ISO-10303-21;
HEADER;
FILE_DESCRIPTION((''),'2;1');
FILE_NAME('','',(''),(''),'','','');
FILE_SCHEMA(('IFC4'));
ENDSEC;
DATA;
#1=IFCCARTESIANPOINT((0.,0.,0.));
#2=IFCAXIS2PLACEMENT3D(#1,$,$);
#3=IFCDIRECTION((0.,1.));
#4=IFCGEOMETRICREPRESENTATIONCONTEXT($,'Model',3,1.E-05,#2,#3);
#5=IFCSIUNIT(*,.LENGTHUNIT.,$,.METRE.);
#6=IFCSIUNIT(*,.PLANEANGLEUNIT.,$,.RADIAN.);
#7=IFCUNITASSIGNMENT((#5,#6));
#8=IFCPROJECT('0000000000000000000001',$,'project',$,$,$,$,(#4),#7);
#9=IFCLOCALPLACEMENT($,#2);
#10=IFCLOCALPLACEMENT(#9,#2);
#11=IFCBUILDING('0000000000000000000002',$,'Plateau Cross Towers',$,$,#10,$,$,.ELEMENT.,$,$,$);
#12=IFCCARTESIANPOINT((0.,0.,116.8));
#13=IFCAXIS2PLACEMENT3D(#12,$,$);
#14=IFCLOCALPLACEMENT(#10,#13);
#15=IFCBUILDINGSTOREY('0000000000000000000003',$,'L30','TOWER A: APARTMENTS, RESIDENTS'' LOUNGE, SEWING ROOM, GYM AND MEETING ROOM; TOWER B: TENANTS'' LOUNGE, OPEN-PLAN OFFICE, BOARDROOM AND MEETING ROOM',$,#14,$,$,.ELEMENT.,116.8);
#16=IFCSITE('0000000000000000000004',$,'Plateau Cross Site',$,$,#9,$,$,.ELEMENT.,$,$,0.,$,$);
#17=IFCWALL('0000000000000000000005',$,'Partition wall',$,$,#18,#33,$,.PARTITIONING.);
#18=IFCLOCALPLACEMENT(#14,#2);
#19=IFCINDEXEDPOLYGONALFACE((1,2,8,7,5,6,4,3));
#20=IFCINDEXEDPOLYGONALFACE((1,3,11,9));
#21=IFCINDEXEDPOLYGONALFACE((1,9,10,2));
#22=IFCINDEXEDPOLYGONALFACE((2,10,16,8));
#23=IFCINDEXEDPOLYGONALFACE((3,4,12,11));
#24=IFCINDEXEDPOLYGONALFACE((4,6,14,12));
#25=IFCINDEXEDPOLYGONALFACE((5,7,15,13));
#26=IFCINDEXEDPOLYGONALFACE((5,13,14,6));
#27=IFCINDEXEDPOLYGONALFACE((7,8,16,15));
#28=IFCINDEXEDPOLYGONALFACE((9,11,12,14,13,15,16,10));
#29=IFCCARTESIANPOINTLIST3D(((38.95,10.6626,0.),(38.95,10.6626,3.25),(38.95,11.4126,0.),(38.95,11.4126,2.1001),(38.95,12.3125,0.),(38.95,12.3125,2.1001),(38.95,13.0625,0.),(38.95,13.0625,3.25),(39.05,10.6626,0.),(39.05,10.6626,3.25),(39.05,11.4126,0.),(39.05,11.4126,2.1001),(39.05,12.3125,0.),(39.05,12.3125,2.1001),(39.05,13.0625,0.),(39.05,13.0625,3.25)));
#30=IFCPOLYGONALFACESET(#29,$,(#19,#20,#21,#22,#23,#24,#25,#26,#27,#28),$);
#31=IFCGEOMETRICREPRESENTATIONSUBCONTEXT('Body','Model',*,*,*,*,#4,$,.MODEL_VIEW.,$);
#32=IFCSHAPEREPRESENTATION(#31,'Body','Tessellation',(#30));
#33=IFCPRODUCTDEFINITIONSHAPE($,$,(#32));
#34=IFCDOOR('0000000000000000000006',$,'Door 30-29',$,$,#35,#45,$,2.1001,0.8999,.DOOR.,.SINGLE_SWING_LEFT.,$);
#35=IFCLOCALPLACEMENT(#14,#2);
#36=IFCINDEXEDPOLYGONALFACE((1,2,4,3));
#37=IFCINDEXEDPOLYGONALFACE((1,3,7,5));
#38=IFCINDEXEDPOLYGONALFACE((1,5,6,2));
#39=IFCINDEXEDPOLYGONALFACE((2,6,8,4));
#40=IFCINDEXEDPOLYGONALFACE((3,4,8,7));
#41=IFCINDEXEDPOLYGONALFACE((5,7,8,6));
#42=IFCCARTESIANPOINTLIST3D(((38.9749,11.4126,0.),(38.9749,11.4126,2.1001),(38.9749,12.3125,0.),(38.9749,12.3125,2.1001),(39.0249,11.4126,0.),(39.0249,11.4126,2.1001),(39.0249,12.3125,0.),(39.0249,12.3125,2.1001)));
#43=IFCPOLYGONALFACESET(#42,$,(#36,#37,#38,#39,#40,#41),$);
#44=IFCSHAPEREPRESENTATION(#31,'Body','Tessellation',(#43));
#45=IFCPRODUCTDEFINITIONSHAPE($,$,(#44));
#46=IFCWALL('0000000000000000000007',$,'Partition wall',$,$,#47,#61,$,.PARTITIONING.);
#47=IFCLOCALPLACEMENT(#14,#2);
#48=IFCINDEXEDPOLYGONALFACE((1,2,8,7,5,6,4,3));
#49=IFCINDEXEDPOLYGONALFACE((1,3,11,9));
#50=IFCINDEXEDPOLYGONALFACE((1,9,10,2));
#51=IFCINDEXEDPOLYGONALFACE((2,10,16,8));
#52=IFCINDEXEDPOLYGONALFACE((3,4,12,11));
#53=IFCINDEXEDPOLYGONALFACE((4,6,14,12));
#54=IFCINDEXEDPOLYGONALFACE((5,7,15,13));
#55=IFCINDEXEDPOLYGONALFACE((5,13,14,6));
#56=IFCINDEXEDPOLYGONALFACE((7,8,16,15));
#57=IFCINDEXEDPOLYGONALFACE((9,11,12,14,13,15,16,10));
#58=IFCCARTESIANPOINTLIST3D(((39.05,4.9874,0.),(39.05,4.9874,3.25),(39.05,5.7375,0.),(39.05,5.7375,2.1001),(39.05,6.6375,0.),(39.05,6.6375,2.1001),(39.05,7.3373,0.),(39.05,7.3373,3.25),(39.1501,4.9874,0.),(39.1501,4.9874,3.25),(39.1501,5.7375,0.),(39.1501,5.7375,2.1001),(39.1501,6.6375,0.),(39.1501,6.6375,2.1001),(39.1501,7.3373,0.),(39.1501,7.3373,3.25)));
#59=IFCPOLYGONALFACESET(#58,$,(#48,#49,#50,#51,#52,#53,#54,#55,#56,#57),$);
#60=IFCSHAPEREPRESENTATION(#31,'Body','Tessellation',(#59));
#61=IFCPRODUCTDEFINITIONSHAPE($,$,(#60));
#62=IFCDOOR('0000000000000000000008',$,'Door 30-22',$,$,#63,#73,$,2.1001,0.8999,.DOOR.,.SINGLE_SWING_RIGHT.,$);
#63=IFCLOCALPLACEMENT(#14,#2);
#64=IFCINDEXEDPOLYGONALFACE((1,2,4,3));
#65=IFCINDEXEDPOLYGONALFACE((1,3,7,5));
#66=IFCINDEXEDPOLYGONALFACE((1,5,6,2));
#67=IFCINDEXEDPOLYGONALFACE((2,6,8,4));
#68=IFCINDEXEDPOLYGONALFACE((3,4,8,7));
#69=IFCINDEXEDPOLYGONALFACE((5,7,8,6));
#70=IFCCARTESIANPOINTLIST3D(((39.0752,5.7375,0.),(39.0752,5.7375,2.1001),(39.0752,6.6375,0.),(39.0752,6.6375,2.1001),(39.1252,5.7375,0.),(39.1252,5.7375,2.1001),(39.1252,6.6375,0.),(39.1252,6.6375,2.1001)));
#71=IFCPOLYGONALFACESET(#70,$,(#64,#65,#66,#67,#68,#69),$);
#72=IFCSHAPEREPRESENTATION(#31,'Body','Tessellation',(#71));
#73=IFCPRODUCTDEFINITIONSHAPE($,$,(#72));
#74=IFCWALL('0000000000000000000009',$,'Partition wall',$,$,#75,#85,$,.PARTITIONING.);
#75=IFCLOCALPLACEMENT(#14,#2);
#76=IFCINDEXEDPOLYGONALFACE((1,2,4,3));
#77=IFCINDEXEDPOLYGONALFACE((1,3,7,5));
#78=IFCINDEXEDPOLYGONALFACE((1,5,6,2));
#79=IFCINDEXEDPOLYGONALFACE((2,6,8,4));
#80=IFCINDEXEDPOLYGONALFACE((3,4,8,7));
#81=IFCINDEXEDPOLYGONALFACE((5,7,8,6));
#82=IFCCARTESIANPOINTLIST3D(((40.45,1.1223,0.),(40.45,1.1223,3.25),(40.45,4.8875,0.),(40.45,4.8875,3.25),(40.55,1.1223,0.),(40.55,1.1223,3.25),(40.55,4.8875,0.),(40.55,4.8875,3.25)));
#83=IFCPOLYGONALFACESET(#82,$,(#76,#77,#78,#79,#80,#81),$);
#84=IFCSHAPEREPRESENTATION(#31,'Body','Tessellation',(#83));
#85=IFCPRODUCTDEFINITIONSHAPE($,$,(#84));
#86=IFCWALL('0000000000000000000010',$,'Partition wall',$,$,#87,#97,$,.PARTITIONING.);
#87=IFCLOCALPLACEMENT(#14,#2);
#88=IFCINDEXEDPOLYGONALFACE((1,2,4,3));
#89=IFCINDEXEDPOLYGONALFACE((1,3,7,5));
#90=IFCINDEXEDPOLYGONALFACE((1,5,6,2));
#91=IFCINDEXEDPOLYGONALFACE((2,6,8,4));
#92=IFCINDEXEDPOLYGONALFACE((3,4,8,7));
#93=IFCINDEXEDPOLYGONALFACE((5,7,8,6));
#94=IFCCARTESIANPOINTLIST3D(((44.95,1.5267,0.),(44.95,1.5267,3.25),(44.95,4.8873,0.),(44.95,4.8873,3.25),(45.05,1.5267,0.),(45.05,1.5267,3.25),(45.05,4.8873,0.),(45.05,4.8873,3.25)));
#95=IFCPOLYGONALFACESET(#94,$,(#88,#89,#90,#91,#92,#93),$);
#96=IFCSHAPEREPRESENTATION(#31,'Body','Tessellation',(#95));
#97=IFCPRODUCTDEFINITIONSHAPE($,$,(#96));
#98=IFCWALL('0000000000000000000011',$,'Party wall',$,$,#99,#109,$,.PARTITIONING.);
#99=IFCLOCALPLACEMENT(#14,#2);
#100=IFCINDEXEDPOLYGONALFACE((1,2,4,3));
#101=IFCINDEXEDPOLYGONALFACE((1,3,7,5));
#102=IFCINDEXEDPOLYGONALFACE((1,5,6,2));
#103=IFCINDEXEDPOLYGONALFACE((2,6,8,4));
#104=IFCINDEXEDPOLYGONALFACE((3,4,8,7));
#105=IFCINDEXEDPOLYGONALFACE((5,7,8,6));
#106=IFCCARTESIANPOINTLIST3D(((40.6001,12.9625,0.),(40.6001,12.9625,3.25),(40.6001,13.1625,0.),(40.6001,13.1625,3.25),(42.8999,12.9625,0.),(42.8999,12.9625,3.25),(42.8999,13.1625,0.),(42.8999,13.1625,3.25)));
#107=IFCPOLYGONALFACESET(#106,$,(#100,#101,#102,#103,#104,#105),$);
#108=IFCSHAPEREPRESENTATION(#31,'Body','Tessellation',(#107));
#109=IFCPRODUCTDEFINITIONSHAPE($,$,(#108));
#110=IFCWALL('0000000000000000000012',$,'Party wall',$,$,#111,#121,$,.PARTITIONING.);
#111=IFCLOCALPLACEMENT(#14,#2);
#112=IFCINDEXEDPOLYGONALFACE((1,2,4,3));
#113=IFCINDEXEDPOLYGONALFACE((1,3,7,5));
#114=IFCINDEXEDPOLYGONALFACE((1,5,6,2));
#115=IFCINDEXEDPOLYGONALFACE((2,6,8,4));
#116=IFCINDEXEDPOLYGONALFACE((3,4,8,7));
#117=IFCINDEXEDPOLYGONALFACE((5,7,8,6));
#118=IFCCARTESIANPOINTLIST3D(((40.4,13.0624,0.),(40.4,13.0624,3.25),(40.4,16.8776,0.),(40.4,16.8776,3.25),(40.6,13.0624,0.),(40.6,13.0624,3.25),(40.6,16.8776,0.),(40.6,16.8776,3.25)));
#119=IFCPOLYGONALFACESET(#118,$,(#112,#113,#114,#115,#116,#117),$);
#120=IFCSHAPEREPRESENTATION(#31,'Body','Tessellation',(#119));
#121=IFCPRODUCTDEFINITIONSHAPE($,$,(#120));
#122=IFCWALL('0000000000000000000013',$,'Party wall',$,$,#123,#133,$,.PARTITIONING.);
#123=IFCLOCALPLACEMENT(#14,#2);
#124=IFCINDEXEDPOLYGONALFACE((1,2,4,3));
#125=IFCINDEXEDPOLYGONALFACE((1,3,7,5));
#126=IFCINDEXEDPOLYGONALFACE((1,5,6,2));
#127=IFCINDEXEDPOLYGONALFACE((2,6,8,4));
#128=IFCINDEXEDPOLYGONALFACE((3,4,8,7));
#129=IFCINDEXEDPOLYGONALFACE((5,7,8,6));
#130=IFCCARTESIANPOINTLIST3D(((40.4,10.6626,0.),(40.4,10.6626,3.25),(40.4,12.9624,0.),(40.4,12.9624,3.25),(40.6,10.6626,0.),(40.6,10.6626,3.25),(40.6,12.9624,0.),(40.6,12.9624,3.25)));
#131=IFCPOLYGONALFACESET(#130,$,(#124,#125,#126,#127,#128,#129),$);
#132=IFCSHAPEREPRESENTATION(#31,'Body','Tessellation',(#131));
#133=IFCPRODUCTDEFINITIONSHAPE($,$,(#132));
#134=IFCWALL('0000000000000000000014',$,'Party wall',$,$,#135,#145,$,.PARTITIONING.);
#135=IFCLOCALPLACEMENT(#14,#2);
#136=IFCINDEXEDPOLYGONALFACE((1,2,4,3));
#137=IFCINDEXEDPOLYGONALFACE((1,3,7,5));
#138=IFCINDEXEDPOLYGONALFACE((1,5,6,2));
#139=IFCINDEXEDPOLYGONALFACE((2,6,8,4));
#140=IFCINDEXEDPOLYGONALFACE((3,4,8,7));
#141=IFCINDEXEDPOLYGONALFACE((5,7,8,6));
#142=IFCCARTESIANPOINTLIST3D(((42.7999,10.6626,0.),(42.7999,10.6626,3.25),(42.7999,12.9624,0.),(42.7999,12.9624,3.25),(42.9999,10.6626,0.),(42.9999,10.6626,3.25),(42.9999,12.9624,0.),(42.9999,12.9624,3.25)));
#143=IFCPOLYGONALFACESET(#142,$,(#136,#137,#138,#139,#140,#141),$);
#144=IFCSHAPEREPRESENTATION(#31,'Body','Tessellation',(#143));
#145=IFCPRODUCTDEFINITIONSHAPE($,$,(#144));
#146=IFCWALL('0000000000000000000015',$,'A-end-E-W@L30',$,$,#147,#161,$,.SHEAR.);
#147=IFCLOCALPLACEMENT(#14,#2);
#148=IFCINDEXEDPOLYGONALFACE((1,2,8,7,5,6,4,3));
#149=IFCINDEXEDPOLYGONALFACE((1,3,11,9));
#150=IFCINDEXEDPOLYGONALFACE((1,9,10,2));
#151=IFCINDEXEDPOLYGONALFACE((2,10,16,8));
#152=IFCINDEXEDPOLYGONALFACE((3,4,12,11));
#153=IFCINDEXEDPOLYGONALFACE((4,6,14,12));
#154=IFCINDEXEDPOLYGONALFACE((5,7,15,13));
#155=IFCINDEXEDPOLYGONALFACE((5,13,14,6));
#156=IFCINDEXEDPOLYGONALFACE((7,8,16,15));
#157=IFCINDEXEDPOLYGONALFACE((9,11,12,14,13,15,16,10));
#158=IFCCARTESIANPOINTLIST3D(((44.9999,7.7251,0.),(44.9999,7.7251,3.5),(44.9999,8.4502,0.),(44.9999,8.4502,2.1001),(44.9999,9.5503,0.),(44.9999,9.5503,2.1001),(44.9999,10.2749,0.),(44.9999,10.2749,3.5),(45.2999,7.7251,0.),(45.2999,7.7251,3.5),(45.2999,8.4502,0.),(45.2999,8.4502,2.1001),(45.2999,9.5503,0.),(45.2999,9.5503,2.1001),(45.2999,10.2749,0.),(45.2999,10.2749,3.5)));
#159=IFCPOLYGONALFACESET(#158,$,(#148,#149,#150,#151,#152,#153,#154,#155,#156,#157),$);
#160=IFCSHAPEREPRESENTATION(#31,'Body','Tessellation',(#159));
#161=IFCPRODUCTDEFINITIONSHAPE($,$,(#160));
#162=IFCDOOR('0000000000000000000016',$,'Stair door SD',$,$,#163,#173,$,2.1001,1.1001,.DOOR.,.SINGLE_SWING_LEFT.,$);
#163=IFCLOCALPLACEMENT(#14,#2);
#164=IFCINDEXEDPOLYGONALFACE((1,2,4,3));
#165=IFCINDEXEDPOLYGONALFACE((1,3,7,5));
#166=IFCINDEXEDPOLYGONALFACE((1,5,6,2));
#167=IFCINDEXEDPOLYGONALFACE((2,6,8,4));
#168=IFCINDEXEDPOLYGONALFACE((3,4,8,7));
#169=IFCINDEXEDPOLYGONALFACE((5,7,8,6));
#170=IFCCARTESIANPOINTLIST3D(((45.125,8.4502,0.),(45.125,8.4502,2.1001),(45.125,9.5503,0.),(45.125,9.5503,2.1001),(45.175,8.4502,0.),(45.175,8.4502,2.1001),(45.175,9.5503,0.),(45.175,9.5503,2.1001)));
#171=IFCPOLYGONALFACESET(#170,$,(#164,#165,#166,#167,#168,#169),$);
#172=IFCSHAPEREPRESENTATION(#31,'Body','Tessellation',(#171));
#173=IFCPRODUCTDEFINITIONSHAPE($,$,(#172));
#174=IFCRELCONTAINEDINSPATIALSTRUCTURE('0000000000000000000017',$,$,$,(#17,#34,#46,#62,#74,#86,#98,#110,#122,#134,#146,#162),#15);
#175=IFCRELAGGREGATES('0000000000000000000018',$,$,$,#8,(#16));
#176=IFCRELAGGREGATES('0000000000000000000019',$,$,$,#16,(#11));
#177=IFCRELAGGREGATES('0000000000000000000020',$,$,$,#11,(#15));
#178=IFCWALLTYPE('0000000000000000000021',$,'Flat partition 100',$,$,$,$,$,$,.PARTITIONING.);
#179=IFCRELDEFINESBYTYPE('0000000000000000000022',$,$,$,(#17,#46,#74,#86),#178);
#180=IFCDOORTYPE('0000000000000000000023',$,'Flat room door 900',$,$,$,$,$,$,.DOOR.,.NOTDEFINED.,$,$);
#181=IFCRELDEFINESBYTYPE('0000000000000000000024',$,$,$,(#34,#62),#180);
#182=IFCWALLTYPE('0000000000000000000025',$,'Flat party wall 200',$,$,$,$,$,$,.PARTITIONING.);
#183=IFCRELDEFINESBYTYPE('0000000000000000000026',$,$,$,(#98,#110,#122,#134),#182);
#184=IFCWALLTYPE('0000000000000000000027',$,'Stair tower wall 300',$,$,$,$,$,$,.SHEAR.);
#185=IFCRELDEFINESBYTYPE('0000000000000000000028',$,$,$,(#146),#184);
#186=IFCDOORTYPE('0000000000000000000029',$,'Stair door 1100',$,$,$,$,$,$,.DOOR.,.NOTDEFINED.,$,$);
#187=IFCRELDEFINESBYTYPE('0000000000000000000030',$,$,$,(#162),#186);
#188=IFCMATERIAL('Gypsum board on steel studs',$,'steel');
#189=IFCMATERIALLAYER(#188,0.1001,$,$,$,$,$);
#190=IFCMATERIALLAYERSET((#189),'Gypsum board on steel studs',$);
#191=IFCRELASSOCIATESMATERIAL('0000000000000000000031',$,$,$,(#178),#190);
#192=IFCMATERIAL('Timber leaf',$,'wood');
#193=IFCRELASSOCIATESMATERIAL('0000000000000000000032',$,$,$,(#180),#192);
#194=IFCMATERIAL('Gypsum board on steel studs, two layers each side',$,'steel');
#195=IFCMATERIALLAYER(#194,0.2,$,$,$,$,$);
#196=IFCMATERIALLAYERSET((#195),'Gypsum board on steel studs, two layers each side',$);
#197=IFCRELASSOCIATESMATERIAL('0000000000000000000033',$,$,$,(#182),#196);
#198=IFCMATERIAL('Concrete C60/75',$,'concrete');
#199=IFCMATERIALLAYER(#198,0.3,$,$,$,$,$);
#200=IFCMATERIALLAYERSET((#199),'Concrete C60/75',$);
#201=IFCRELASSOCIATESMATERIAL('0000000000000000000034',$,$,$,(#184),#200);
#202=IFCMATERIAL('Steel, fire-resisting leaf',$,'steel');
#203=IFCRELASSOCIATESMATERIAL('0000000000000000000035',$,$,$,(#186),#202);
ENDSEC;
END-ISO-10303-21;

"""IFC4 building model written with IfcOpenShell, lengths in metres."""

from ifc_helpers import new_model, si_unit, direction, frame, frame_2d, origin, place, context, subcontext, project, spatial, rectangle, extrude, material, layer, layer_set, type_object, element, fill, save


model = new_model("IFC4")

# Units and contexts
model_context = context("Model", 3, precision=1e-05, world=origin(), true_north=direction((0.0, 1.0)))
body_context = subcontext(model_context, "Body", "Model", "MODEL_VIEW")
ifc_project = project(units=[si_unit("LENGTHUNIT", "METRE"), si_unit("PLANEANGLEUNIT", "RADIAN")], contexts=[model_context])

# Site, building, storey
site_placement = place(None, origin())
site = spatial("IfcSite", under=ifc_project, at=site_placement, Name="Plateau Cross Site", CompositionType="ELEMENT", RefElevation=0.0)
building_placement = place(site_placement, origin())
building = spatial("IfcBuilding", under=site, at=building_placement, Name="Plateau Cross Towers", CompositionType="ELEMENT")
storey_placement = place(building_placement, frame((0.0, 0.0, 116.8)))
storey = spatial("IfcBuildingStorey", under=building, at=storey_placement, Name="L30", Description="TOWER A: APARTMENTS, RESIDENTS' LOUNGE, SEWING ROOM, GYM AND MEETING ROOM; TOWER B: TENANTS' LOUNGE, OPEN-PLAN OFFICE, BOARDROOM AND MEETING ROOM", CompositionType="ELEMENT", Elevation=116.8)

# Shared definitions
ifc_material_1 = material(Name="Gypsum board on steel studs", Category="steel")
ifc_layer_1 = layer(ifc_material_1, 0.1001)
ifc_layer_set_1 = layer_set([ifc_layer_1], Name="Gypsum board on steel studs")
wall_type_1 = type_object("IfcWallType", Name="Flat partition 100", PredefinedType="PARTITIONING", material=ifc_layer_set_1)

# Walls, openings, doors
wall_1_placement = place(storey_placement, frame((39.0, 13.0625, 0.0), z_axis=(0.0, 0.0, 1.0), x_axis=(0.0, -1.0, 0.0)))
wall_1 = element("IfcWall", 1, at=wall_1_placement, inside=storey, type_object=wall_type_1, Name="Partition wall", PredefinedType="PARTITIONING", context=body_context, shape_type="SweptSolid", body=[
    extrude(rectangle(XDim=2.3999, YDim=0.1001, at=frame_2d((1.2, 0.0))), origin(), (0.0, 0.0, 1.0), 3.25),
])
opening_1_placement = place(wall_1_placement, frame((0.75, 0.0, 0.0)))
opening_1 = element("IfcOpeningElement", 2, at=opening_1_placement, cuts=wall_1, PredefinedType="OPENING", context=body_context, shape_type="SweptSolid", body=[
    extrude(rectangle(XDim=0.8999, YDim=2.1001, at=frame_2d((0.45, 1.05))), frame((0.0, 0.0601, 0.0), z_axis=(0.0, -1.0, 0.0), x_axis=(1.0, 0.0, 0.0)), (0.0, 0.0, 1.0), 0.1201),
])
ifc_material_2 = material(Name="Timber leaf", Category="wood")
door_type_1 = type_object("IfcDoorType", Name="Flat room door 900", OperationType="NOTDEFINED", PredefinedType="DOOR", material=ifc_material_2)
door_1_placement = place(opening_1_placement, origin())
door_1 = element("IfcDoor", 3, at=door_1_placement, inside=storey, type_object=door_type_1, Name="Door 30-29", OperationType="SINGLE_SWING_LEFT", OverallHeight=2.1001, OverallWidth=0.8999, PredefinedType="DOOR", context=body_context, shape_type="SweptSolid", body=[
    extrude(rectangle(XDim=0.8999, YDim=2.1001, at=frame_2d((0.45, 1.05))), frame((0.0, 0.0249, 0.0), z_axis=(0.0, -1.0, 0.0), x_axis=(1.0, 0.0, 0.0)), (0.0, 0.0, 1.0), 0.05),
])
fill(opening_1, door_1)
wall_2_placement = place(storey_placement, frame((39.1001, 4.9875, 0.0), z_axis=(0.0, 0.0, 1.0), x_axis=(0.0, 1.0, 0.0)))
wall_2 = element("IfcWall", 4, at=wall_2_placement, inside=storey, type_object=wall_type_1, Name="Partition wall", PredefinedType="PARTITIONING", context=body_context, shape_type="SweptSolid", body=[
    extrude(rectangle(XDim=2.3499, YDim=0.1001, at=frame_2d((1.1748, 0.0))), origin(), (0.0, 0.0, 1.0), 3.25),
])
opening_2_placement = place(wall_2_placement, frame((0.75, 0.0, 0.0)))
opening_2 = element("IfcOpeningElement", 5, at=opening_2_placement, cuts=wall_2, PredefinedType="OPENING", context=body_context, shape_type="SweptSolid", body=[
    extrude(rectangle(XDim=0.8999, YDim=2.1001, at=frame_2d((0.45, 1.05))), frame((0.0, 0.0601, 0.0), z_axis=(0.0, -1.0, 0.0), x_axis=(1.0, 0.0, 0.0)), (0.0, 0.0, 1.0), 0.1201),
])
door_2_placement = place(opening_2_placement, origin())
door_2 = element("IfcDoor", 6, at=door_2_placement, inside=storey, type_object=door_type_1, Name="Door 30-22", OperationType="SINGLE_SWING_RIGHT", OverallHeight=2.1001, OverallWidth=0.8999, PredefinedType="DOOR", context=body_context, shape_type="SweptSolid", body=[
    extrude(rectangle(XDim=0.8999, YDim=2.1001, at=frame_2d((0.45, 1.05))), frame((0.0, 0.0249, 0.0), z_axis=(0.0, -1.0, 0.0), x_axis=(1.0, 0.0, 0.0)), (0.0, 0.0, 1.0), 0.05),
])
fill(opening_2, door_2)

# Walls
wall_3_placement = place(storey_placement, frame((40.5, 4.8875, 0.0), z_axis=(0.0, 0.0, 1.0), x_axis=(0.0, -1.0, 0.0)))
element("IfcWall", 7, at=wall_3_placement, inside=storey, type_object=wall_type_1, Name="Partition wall", PredefinedType="PARTITIONING", context=body_context, shape_type="SweptSolid", body=[
    extrude(rectangle(XDim=3.7651, YDim=0.1001, at=frame_2d((1.8826, 0.0))), origin(), (0.0, 0.0, 1.0), 3.25),
])
wall_4_placement = place(storey_placement, frame((45.0, 1.5269, 0.0), z_axis=(0.0, 0.0, 1.0), x_axis=(0.0, 1.0, 0.0)))
element("IfcWall", 8, at=wall_4_placement, inside=storey, type_object=wall_type_1, Name="Partition wall", PredefinedType="PARTITIONING", context=body_context, shape_type="SweptSolid", body=[
    extrude(rectangle(XDim=3.3606, YDim=0.1001, at=frame_2d((1.6802, 0.0))), origin(), (0.0, 0.0, 1.0), 3.25),
])
ifc_material_3 = material(Name="Gypsum board on steel studs, two layers each side", Category="steel")
ifc_layer_2 = layer(ifc_material_3, 0.2)
ifc_layer_set_2 = layer_set([ifc_layer_2], Name="Gypsum board on steel studs, two layers each side")
wall_type_2 = type_object("IfcWallType", Name="Flat party wall 200", PredefinedType="PARTITIONING", material=ifc_layer_set_2)
wall_5_placement = place(storey_placement, frame((42.8999, 13.0625, 0.0), z_axis=(0.0, 0.0, 1.0), x_axis=(-1.0, 0.0, 0.0)))
element("IfcWall", 9, at=wall_5_placement, inside=storey, type_object=wall_type_2, Name="Party wall", PredefinedType="PARTITIONING", context=body_context, shape_type="SweptSolid", body=[
    extrude(rectangle(XDim=2.2998, YDim=0.2, at=frame_2d((1.1499, 0.0))), origin(), (0.0, 0.0, 1.0), 3.25),
])
wall_6_placement = place(storey_placement, frame((40.5, 16.8777, 0.0), z_axis=(0.0, 0.0, 1.0), x_axis=(0.0, -1.0, 0.0)))
element("IfcWall", 10, at=wall_6_placement, inside=storey, type_object=wall_type_2, Name="Party wall", PredefinedType="PARTITIONING", context=body_context, shape_type="SweptSolid", body=[
    extrude(rectangle(XDim=3.8152, YDim=0.2, at=frame_2d((1.9077, 0.0))), origin(), (0.0, 0.0, 1.0), 3.25),
])
for number, where, z_axis, x_axis, name in (
    (11, (40.5, 10.6626, 0.0), (0.0, 0.0, 1.0), (0.0, 1.0, 0.0), "Party wall"),
    (12, (42.8999, 10.6626, 0.0), (0.0, 0.0, 1.0), (0.0, 1.0, 0.0), "Party wall"),
):
    element("IfcWall", number, at=place(storey_placement, frame(where, z_axis=z_axis, x_axis=x_axis)), inside=storey, type_object=wall_type_2, Name=name, PredefinedType="PARTITIONING", context=body_context, shape_type="SweptSolid", body=[
        extrude(rectangle(XDim=2.2998, YDim=0.2, at=frame_2d((1.1499, 0.0))), origin(), (0.0, 0.0, 1.0), 3.25),
    ])

# Wall, opening, door
ifc_material_4 = material(Name="Concrete C60/75", Category="concrete")
ifc_layer_3 = layer(ifc_material_4, 0.3)
ifc_layer_set_3 = layer_set([ifc_layer_3], Name="Concrete C60/75")
wall_type_3 = type_object("IfcWallType", Name="Stair tower wall 300", PredefinedType="SHEAR", material=ifc_layer_set_3)
wall_7_placement = place(storey_placement, frame((45.1499, 7.7251, 0.0), z_axis=(0.0, 0.0, 1.0), x_axis=(0.0, 1.0, 0.0)))
wall_7 = element("IfcWall", 13, at=wall_7_placement, inside=storey, type_object=wall_type_3, Name="A-end-E-W@L30", PredefinedType="SHEAR", context=body_context, shape_type="SweptSolid", body=[
    extrude(rectangle(XDim=2.5498, YDim=0.3, at=frame_2d((1.2749, 0.0))), origin(), (0.0, 0.0, 1.0), 3.5),
])
opening_3_placement = place(wall_7_placement, frame((0.7251, 0.0, 0.0)))
opening_3 = element("IfcOpeningElement", 14, at=opening_3_placement, cuts=wall_7, PredefinedType="OPENING", context=body_context, shape_type="SweptSolid", body=[
    extrude(rectangle(XDim=1.1001, YDim=2.1001, at=frame_2d((0.55, 1.05))), frame((0.0, 0.1599, 0.0), z_axis=(0.0, -1.0, 0.0), x_axis=(1.0, 0.0, 0.0)), (0.0, 0.0, 1.0), 0.3201),
])
ifc_material_5 = material(Name="Steel, fire-resisting leaf", Category="steel")
door_type_2 = type_object("IfcDoorType", Name="Stair door 1100", OperationType="NOTDEFINED", PredefinedType="DOOR", material=ifc_material_5)
door_3_placement = place(opening_3_placement, origin())
door_3 = element("IfcDoor", 15, at=door_3_placement, inside=storey, type_object=door_type_2, Name="Stair door SD", OperationType="SINGLE_SWING_LEFT", OverallHeight=2.1001, OverallWidth=1.1001, PredefinedType="DOOR", context=body_context, shape_type="SweptSolid", body=[
    extrude(rectangle(XDim=1.1001, YDim=2.1001, at=frame_2d((0.55, 1.05))), frame((0.0, 0.0249, 0.0), z_axis=(0.0, -1.0, 0.0), x_axis=(1.0, 0.0, 0.0)), (0.0, 0.0, 1.0), 0.05),
])
fill(opening_3, door_3)

save(model, "model.ifc")
